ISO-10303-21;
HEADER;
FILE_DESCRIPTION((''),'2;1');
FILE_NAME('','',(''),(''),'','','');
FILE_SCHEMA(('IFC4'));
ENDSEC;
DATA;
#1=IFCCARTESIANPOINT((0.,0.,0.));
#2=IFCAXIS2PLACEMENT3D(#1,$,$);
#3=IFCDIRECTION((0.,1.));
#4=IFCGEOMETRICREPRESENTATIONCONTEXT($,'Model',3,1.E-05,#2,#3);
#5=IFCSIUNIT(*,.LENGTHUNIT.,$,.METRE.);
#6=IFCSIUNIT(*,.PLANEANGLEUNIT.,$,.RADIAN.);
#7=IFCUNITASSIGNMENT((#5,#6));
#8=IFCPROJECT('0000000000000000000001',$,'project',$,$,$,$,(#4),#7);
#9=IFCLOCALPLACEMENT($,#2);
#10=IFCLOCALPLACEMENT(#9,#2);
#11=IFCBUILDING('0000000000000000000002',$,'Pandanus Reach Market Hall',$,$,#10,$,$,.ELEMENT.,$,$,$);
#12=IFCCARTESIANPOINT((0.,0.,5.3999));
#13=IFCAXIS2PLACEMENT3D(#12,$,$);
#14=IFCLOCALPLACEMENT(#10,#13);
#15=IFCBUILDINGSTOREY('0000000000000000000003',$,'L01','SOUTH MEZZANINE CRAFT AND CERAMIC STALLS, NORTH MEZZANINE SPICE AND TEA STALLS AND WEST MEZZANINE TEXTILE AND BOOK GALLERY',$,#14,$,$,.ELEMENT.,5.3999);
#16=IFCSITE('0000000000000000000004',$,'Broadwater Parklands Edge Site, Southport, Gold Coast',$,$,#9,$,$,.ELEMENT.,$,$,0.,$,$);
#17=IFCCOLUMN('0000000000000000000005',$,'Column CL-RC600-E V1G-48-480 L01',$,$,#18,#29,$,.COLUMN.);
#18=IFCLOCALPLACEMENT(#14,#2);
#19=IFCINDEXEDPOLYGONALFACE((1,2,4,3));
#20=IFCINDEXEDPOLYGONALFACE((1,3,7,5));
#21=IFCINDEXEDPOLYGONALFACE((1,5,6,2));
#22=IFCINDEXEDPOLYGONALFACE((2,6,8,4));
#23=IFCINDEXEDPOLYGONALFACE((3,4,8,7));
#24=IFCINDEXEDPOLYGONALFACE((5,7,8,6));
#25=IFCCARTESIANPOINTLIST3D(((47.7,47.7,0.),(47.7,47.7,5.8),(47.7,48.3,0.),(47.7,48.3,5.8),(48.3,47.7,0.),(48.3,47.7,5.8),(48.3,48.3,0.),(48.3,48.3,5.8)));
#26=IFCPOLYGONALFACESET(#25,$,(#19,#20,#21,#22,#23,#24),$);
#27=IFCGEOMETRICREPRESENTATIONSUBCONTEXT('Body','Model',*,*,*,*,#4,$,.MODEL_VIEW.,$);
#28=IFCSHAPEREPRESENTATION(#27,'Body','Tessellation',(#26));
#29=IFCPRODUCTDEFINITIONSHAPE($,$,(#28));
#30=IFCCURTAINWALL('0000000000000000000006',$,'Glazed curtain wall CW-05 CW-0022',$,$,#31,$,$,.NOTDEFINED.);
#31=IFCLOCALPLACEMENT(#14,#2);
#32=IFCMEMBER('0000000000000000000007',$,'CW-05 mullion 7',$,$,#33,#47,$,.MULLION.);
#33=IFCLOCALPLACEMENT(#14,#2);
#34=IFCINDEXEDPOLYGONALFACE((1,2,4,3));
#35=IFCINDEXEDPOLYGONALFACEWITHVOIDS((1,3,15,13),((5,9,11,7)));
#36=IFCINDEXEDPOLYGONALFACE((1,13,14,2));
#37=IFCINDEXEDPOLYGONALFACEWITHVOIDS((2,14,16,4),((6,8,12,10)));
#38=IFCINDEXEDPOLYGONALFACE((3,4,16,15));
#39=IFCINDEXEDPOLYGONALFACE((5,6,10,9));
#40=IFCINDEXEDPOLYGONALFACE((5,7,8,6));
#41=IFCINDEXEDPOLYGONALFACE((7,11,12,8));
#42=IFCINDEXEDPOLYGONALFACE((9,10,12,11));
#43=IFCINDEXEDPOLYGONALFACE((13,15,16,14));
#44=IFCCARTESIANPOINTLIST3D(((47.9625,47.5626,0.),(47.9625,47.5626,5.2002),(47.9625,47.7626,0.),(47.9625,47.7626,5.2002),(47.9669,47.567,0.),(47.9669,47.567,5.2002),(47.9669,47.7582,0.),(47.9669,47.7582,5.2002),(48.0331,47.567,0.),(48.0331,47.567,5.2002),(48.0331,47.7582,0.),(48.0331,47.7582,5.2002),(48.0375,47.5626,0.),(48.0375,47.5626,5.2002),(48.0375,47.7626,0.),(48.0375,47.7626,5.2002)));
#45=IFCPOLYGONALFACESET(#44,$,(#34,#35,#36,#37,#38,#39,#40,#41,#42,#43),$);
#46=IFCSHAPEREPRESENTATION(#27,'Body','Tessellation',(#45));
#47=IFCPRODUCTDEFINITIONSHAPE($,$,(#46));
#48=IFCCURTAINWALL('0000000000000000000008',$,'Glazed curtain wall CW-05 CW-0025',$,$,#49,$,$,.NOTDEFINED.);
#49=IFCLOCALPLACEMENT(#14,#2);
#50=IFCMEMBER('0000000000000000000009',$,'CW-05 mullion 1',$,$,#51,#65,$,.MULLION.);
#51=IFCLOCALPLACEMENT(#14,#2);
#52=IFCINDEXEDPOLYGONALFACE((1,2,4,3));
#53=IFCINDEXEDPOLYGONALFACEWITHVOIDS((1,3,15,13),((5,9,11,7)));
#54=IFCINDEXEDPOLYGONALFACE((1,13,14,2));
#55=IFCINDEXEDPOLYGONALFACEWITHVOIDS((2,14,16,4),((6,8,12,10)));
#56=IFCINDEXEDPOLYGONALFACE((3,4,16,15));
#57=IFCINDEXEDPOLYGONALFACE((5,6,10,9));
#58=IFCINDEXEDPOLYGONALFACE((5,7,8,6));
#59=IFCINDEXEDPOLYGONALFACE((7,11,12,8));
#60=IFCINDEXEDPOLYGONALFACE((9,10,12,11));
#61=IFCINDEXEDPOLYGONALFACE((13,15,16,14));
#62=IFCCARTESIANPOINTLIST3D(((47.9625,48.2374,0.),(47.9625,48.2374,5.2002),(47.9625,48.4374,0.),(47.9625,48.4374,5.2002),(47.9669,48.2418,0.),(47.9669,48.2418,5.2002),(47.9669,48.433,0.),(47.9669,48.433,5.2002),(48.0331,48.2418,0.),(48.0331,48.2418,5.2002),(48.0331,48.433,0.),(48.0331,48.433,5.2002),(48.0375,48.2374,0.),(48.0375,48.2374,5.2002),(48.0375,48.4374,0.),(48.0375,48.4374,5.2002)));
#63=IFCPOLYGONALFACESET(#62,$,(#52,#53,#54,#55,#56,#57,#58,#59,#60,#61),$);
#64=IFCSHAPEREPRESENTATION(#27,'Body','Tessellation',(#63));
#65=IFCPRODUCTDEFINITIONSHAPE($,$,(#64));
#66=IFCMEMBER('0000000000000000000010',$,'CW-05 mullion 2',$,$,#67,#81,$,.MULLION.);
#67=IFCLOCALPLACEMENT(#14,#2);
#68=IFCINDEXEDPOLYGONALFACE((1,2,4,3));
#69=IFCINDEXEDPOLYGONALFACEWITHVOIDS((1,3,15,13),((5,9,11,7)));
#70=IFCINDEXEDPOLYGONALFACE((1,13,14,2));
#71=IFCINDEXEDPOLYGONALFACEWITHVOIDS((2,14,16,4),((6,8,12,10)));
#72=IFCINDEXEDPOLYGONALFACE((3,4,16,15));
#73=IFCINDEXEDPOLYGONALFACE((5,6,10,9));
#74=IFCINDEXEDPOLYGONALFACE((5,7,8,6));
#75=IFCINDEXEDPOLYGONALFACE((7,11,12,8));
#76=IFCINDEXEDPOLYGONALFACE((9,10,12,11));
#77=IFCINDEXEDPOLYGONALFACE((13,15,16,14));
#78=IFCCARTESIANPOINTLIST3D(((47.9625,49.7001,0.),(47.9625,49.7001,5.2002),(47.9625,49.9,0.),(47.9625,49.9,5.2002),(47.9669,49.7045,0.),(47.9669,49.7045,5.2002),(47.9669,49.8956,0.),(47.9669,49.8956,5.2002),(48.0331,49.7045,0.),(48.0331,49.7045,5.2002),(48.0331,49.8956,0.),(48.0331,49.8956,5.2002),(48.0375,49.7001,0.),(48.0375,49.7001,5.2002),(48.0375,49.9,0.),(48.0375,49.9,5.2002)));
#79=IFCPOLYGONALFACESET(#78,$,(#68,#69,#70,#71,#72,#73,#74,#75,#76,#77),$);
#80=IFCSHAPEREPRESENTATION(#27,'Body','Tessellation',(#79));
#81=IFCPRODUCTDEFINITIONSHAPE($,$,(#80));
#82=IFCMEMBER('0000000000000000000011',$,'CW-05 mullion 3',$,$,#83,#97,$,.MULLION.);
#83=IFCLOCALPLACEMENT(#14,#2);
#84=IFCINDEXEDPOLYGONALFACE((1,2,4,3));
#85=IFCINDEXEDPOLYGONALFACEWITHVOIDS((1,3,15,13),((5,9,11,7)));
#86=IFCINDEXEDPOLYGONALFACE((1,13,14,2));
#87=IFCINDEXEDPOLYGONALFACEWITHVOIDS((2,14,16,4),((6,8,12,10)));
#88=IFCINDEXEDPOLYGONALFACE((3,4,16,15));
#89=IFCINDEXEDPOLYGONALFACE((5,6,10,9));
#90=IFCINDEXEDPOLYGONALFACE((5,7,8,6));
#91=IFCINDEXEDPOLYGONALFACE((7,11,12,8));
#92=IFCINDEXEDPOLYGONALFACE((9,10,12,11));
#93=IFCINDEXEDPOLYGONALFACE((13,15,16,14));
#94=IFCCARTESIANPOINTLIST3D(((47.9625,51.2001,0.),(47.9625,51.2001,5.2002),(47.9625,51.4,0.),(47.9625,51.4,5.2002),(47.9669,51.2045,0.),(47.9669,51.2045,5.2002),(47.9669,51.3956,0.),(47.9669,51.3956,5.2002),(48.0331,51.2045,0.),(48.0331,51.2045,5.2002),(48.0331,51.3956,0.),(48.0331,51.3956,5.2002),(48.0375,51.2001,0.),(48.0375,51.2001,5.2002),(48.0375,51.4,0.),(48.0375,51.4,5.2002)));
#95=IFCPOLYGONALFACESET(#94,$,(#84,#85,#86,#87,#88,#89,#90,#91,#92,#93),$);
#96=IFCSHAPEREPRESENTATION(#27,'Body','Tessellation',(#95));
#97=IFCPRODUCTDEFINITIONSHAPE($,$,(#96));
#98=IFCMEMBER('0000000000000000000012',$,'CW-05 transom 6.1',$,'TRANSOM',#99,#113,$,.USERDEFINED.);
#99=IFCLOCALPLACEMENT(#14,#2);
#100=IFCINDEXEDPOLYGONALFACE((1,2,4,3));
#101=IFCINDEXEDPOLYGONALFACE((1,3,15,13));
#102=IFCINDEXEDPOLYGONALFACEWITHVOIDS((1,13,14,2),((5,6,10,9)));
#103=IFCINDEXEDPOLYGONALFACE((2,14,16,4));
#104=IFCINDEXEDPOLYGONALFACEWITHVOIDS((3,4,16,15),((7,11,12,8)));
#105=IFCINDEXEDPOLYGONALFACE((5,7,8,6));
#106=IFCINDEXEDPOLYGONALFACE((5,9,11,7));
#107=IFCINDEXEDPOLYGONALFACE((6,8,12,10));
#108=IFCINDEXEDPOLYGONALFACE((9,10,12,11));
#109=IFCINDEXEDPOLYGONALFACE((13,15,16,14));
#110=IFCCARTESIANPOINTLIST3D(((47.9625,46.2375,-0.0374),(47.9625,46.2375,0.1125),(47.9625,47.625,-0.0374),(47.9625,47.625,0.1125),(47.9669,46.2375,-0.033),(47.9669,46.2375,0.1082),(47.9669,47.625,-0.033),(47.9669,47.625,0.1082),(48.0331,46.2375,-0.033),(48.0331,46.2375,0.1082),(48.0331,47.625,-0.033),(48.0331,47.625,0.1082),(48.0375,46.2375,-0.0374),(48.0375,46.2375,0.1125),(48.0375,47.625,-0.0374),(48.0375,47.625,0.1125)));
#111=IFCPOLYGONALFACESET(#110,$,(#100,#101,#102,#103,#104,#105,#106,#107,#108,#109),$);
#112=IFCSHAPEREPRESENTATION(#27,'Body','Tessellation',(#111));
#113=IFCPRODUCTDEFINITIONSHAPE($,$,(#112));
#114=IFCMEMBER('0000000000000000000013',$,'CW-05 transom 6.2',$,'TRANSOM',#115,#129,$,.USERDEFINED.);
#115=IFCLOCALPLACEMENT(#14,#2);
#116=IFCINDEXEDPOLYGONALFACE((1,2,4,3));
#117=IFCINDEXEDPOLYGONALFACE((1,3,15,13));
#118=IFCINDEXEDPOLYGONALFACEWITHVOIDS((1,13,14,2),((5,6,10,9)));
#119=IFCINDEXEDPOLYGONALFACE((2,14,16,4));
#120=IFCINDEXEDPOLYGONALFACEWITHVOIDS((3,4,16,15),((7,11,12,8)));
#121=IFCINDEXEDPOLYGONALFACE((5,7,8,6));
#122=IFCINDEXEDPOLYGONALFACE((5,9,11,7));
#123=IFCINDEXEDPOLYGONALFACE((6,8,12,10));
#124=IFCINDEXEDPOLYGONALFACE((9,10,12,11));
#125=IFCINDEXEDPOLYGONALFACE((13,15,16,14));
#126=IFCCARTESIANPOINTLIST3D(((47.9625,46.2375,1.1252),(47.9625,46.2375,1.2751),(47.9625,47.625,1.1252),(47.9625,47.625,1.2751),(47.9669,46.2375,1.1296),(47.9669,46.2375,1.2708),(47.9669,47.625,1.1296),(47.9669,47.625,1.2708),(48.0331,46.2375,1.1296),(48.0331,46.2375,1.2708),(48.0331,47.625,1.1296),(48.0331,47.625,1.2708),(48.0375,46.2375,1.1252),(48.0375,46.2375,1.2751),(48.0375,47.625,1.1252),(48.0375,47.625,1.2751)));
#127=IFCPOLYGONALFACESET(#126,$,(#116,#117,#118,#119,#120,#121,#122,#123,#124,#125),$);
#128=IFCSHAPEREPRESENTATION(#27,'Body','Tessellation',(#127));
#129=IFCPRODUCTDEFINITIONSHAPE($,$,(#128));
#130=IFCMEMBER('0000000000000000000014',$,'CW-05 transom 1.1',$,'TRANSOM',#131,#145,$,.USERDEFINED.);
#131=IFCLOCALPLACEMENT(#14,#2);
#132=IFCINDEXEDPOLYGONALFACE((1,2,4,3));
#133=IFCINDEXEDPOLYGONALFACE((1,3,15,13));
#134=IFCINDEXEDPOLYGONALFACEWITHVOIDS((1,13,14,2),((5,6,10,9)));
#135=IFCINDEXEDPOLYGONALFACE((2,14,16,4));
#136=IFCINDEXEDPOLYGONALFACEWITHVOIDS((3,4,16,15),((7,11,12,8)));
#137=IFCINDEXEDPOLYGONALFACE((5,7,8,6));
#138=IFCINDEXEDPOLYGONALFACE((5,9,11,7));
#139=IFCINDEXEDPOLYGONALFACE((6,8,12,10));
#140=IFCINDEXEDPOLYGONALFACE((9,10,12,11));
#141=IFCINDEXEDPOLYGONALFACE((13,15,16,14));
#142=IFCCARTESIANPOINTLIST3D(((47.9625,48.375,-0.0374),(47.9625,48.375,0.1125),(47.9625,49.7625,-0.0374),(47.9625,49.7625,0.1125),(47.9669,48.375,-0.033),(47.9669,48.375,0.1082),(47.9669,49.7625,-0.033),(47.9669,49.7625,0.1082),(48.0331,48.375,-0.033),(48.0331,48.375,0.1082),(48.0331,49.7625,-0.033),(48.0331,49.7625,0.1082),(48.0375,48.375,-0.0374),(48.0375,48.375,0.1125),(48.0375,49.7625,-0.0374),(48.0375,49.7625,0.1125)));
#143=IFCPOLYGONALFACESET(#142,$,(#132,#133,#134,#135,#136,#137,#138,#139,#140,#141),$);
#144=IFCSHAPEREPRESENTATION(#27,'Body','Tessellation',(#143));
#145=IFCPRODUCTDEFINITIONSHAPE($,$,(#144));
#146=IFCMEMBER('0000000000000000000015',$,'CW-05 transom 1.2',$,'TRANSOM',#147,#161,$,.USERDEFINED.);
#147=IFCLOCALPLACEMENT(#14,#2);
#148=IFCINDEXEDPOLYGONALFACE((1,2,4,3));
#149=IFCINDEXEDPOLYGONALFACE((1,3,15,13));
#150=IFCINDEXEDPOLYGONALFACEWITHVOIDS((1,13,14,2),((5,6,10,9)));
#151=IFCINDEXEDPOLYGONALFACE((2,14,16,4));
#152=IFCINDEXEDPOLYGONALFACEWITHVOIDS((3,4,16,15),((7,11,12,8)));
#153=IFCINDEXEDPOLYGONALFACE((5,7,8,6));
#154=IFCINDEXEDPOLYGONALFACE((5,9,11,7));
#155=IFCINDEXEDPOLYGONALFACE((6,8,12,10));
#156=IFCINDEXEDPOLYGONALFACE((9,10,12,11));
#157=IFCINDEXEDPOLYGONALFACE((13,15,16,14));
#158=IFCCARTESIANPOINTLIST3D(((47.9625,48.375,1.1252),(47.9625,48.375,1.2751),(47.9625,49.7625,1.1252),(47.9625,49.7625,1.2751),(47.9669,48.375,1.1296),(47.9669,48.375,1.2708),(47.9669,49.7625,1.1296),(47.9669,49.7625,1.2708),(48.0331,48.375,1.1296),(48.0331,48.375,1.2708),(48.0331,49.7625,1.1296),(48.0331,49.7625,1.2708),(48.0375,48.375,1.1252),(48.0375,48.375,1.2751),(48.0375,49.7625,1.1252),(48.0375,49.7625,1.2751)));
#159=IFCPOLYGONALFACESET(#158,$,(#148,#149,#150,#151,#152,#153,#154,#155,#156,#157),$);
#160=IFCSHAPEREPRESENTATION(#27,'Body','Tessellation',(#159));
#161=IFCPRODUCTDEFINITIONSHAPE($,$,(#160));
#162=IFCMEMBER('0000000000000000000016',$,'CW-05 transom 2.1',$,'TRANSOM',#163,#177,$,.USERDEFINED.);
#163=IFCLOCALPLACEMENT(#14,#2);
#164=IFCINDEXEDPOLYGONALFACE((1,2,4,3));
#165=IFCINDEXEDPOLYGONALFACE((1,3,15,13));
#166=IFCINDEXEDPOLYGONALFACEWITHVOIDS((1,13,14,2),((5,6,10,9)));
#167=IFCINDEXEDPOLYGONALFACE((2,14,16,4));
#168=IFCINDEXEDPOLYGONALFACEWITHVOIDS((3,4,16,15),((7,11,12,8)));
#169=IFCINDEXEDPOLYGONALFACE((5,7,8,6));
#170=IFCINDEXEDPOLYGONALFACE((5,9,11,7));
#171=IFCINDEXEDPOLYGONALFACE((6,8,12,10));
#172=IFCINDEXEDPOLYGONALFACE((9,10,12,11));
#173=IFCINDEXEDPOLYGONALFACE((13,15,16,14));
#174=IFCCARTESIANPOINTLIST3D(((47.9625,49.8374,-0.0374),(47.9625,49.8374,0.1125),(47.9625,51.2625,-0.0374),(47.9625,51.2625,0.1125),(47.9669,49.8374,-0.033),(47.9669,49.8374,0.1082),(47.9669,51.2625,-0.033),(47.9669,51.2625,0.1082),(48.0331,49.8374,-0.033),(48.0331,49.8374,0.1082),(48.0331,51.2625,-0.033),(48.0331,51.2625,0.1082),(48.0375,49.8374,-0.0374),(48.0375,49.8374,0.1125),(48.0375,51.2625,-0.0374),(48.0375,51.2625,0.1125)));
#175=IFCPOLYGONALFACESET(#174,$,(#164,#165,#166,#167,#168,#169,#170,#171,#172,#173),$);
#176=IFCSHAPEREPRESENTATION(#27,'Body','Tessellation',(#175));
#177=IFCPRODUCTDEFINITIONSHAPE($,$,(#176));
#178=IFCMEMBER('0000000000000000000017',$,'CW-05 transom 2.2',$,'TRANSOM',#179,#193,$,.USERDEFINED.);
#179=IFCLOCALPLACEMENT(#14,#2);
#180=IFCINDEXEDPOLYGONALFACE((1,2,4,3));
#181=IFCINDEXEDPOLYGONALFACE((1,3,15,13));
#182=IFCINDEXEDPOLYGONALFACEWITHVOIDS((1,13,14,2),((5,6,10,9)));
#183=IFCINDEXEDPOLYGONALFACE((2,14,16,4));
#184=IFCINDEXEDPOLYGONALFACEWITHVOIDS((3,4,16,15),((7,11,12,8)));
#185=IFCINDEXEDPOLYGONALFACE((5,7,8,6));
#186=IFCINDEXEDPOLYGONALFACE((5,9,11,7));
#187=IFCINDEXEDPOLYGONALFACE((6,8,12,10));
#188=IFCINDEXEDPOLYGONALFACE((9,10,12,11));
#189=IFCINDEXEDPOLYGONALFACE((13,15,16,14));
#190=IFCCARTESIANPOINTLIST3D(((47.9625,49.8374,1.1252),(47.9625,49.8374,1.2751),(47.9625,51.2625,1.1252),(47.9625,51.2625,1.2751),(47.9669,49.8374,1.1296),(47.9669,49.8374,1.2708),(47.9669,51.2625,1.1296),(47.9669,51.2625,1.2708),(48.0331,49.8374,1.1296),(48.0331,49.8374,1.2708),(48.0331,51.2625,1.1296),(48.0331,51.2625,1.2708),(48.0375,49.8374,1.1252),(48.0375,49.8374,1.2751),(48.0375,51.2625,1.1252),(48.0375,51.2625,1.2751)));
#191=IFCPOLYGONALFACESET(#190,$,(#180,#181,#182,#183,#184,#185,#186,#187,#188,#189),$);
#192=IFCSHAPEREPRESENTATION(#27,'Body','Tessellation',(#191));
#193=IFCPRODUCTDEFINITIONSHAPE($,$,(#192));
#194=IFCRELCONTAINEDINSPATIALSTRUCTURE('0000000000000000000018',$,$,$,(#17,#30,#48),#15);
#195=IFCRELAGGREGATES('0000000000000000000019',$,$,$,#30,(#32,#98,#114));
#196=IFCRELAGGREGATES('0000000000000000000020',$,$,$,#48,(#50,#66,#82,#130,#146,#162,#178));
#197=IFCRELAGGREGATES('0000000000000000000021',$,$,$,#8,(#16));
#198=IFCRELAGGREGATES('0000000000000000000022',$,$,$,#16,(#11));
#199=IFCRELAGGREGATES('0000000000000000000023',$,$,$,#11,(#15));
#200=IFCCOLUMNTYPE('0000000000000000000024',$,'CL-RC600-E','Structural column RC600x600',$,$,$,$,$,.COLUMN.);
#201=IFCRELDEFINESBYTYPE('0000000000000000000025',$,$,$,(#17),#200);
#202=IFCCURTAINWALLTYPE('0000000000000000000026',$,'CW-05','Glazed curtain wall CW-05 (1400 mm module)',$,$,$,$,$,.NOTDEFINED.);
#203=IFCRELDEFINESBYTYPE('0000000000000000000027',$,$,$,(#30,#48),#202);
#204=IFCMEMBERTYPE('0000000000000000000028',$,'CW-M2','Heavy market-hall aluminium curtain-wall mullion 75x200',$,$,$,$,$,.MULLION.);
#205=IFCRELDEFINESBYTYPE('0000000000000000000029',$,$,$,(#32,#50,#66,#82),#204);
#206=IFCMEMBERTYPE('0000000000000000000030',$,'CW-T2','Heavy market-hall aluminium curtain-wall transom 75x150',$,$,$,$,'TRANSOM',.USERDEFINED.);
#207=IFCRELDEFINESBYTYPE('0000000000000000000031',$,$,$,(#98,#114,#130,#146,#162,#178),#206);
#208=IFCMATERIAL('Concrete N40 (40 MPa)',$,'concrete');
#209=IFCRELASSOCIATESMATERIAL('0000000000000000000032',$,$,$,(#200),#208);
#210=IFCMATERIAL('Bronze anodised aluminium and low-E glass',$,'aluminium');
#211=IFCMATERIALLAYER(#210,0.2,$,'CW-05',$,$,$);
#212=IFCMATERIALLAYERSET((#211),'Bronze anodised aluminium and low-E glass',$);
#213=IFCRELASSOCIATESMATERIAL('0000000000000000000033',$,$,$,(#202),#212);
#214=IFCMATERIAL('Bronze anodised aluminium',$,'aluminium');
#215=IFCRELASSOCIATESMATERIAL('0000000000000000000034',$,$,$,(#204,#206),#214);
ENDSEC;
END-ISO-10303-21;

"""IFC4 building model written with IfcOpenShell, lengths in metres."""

from ifc_helpers import new_model, si_unit, direction, frame, origin, origin_2d, place, context, subcontext, project, spatial, rectangle, hollow_rectangle, extrude, material, layer, layer_set, material_profile, profile_set, type_object, element, aggregate, save


model = new_model("IFC4")

# Units and contexts
model_context = context("Model", 3, precision=1e-05, world=origin(), true_north=direction((0.0, 1.0)))
body_context = subcontext(model_context, "Body", "Model", "MODEL_VIEW")
ifc_project = project(units=[si_unit("LENGTHUNIT", "METRE"), si_unit("PLANEANGLEUNIT", "RADIAN")], contexts=[model_context])

# Site, building, storey
site_placement = place(None, origin())
site = spatial("IfcSite", under=ifc_project, at=site_placement, Name="Broadwater Parklands Edge Site, Southport, Gold Coast", CompositionType="ELEMENT", RefElevation=0.0)
building_placement = place(site_placement, origin())
building = spatial("IfcBuilding", under=site, at=building_placement, Name="Pandanus Reach Market Hall", CompositionType="ELEMENT")
storey_placement = place(building_placement, frame((0.0, 0.0, 5.3999)))
storey = spatial("IfcBuildingStorey", under=building, at=storey_placement, Name="L01", Description="SOUTH MEZZANINE CRAFT AND CERAMIC STALLS, NORTH MEZZANINE SPICE AND TEA STALLS AND WEST MEZZANINE TEXTILE AND BOOK GALLERY", CompositionType="ELEMENT", Elevation=5.3999)

# Column
ifc_material_1 = material(Name="Concrete N40 (40 MPa)", Category="concrete")
ifc_material_profile_1 = material_profile(ifc_material_1, rectangle(XDim=0.6001, YDim=0.6001, at=origin_2d()), Name="RC600x600", Category="LoadBearing")
ifc_profile_set_1 = profile_set([ifc_material_profile_1], Name="Concrete N40 (40 MPa)")
column_type = type_object("IfcColumnType", Name="CL-RC600-E", Description="Structural column RC600x600", PredefinedType="COLUMN", material=ifc_profile_set_1)
column_placement = place(storey_placement, frame((48.0, 48.0, 0.0), z_axis=(0.0, 0.0, 1.0), x_axis=(1.0, 0.0, 0.0)))
element("IfcColumn", 1, at=column_placement, inside=storey, type_object=column_type, Name="Column CL-RC600-E V1G-48-480 L01", PredefinedType="COLUMN", context=body_context, shape_type="SweptSolid", body=[
    extrude(rectangle(XDim=0.6001, YDim=0.6001, at=origin_2d()), origin(), (0.0, 0.0, 1.0), 5.8),
])

# Curtain wall, member
ifc_material_2 = material(Name="Bronze anodised aluminium and low-E glass", Category="aluminium")
ifc_layer_1 = layer(ifc_material_2, 0.2, Name="CW-05")
ifc_layer_set_1 = layer_set([ifc_layer_1], Name="Bronze anodised aluminium and low-E glass")
curtain_wall_type = type_object("IfcCurtainWallType", Name="CW-05", Description="Glazed curtain wall CW-05 (1400 mm module)", PredefinedType="NOTDEFINED", material=ifc_layer_set_1)
curtain_wall_1_placement = place(storey_placement, origin())
curtain_wall_1 = element("IfcCurtainWall", 2, at=curtain_wall_1_placement, inside=storey, type_object=curtain_wall_type, Name="Glazed curtain wall CW-05 CW-0022", PredefinedType="NOTDEFINED")
ifc_material_3 = material(Name="Bronze anodised aluminium", Category="aluminium")
ifc_material_profile_2 = material_profile(ifc_material_3, hollow_rectangle(XDim=0.075, YDim=0.2, WallThickness=0.0044, at=origin_2d()), Name="ALU75x200", Category="LoadBearing")
ifc_profile_set_2 = profile_set([ifc_material_profile_2], Name="Bronze anodised aluminium")
member_type_1 = type_object("IfcMemberType", Name="CW-M2", Description="Heavy market-hall aluminium curtain-wall mullion 75x200", PredefinedType="MULLION", material=ifc_profile_set_2)
member_1_placement = place(storey_placement, frame((48.0, 47.6626, 0.0), z_axis=(0.0, 0.0, 1.0), x_axis=(-1.0, 0.0, 0.0)))
member_1 = element("IfcMember", 3, at=member_1_placement, type_object=member_type_1, Name="CW-05 mullion 7", PredefinedType="MULLION", context=body_context, shape_type="SweptSolid", body=[
    extrude(hollow_rectangle(XDim=0.075, YDim=0.2, WallThickness=0.0044, at=origin_2d()), origin(), (0.0, 0.0, 1.0), 5.2002),
])

# Curtain wall, members
curtain_wall_2_placement = place(storey_placement, origin())
curtain_wall_2 = element("IfcCurtainWall", 4, at=curtain_wall_2_placement, inside=storey, type_object=curtain_wall_type, Name="Glazed curtain wall CW-05 CW-0025", PredefinedType="NOTDEFINED")
member_2_placement = place(storey_placement, frame((48.0, 48.3374, 0.0), z_axis=(0.0, 0.0, 1.0), x_axis=(-1.0, 0.0, 0.0)))
member_2 = element("IfcMember", 5, at=member_2_placement, type_object=member_type_1, Name="CW-05 mullion 1", PredefinedType="MULLION", context=body_context, shape_type="SweptSolid", body=[
    extrude(hollow_rectangle(XDim=0.075, YDim=0.2, WallThickness=0.0044, at=origin_2d()), origin(), (0.0, 0.0, 1.0), 5.2002),
])
member_3_placement = place(storey_placement, frame((48.0, 49.8, 0.0), z_axis=(0.0, 0.0, 1.0), x_axis=(-1.0, 0.0, 0.0)))
member_3 = element("IfcMember", 6, at=member_3_placement, type_object=member_type_1, Name="CW-05 mullion 2", PredefinedType="MULLION", context=body_context, shape_type="SweptSolid", body=[
    extrude(hollow_rectangle(XDim=0.075, YDim=0.2, WallThickness=0.0044, at=origin_2d()), origin(), (0.0, 0.0, 1.0), 5.2002),
])
member_4_placement = place(storey_placement, frame((48.0, 51.3, 0.0), z_axis=(0.0, 0.0, 1.0), x_axis=(-1.0, 0.0, 0.0)))
member_4 = element("IfcMember", 7, at=member_4_placement, type_object=member_type_1, Name="CW-05 mullion 3", PredefinedType="MULLION", context=body_context, shape_type="SweptSolid", body=[
    extrude(hollow_rectangle(XDim=0.075, YDim=0.2, WallThickness=0.0044, at=origin_2d()), origin(), (0.0, 0.0, 1.0), 5.2002),
])

# Members
ifc_material_profile_3 = material_profile(ifc_material_3, hollow_rectangle(XDim=0.075, YDim=0.1499, WallThickness=0.0044, at=origin_2d()), Name="ALU75x150", Category="LoadBearing")
ifc_profile_set_3 = profile_set([ifc_material_profile_3], Name="Bronze anodised aluminium")
member_type_2 = type_object("IfcMemberType", Name="CW-T2", Description="Heavy market-hall aluminium curtain-wall transom 75x150", ElementType="TRANSOM", PredefinedType="USERDEFINED", material=ifc_profile_set_3)
member_5_placement = place(storey_placement, frame((48.0, 46.2375, 0.0376), z_axis=(0.0, 1.0, 0.0), x_axis=(-1.0, 0.0, 0.0)))
member_5 = element("IfcMember", 8, at=member_5_placement, type_object=member_type_2, Name="CW-05 transom 6.1", ObjectType="TRANSOM", PredefinedType="USERDEFINED", context=body_context, shape_type="SweptSolid", body=[
    extrude(hollow_rectangle(XDim=0.075, YDim=0.1499, WallThickness=0.0044, at=origin_2d()), origin(), (0.0, 0.0, 1.0), 1.3875),
])
member_6_placement = place(storey_placement, frame((48.0, 46.2375, 1.2002), z_axis=(0.0, 1.0, 0.0), x_axis=(-1.0, 0.0, 0.0)))
member_6 = element("IfcMember", 9, at=member_6_placement, type_object=member_type_2, Name="CW-05 transom 6.2", ObjectType="TRANSOM", PredefinedType="USERDEFINED", context=body_context, shape_type="SweptSolid", body=[
    extrude(hollow_rectangle(XDim=0.075, YDim=0.1499, WallThickness=0.0044, at=origin_2d()), origin(), (0.0, 0.0, 1.0), 1.3875),
])
member_7_placement = place(storey_placement, frame((48.0, 48.375, 0.0376), z_axis=(0.0, 1.0, 0.0), x_axis=(-1.0, 0.0, 0.0)))
member_7 = element("IfcMember", 10, at=member_7_placement, type_object=member_type_2, Name="CW-05 transom 1.1", ObjectType="TRANSOM", PredefinedType="USERDEFINED", context=body_context, shape_type="SweptSolid", body=[
    extrude(hollow_rectangle(XDim=0.075, YDim=0.1499, WallThickness=0.0044, at=origin_2d()), origin(), (0.0, 0.0, 1.0), 1.3875),
])
member_8_placement = place(storey_placement, frame((48.0, 48.375, 1.2002), z_axis=(0.0, 1.0, 0.0), x_axis=(-1.0, 0.0, 0.0)))
member_8 = element("IfcMember", 11, at=member_8_placement, type_object=member_type_2, Name="CW-05 transom 1.2", ObjectType="TRANSOM", PredefinedType="USERDEFINED", context=body_context, shape_type="SweptSolid", body=[
    extrude(hollow_rectangle(XDim=0.075, YDim=0.1499, WallThickness=0.0044, at=origin_2d()), origin(), (0.0, 0.0, 1.0), 1.3875),
])
member_9_placement = place(storey_placement, frame((48.0, 49.8374, 0.0376), z_axis=(0.0, 1.0, 0.0), x_axis=(-1.0, 0.0, 0.0)))
member_9 = element("IfcMember", 12, at=member_9_placement, type_object=member_type_2, Name="CW-05 transom 2.1", ObjectType="TRANSOM", PredefinedType="USERDEFINED", context=body_context, shape_type="SweptSolid", body=[
    extrude(hollow_rectangle(XDim=0.075, YDim=0.1499, WallThickness=0.0044, at=origin_2d()), origin(), (0.0, 0.0, 1.0), 1.425),
])
member_10_placement = place(storey_placement, frame((48.0, 49.8374, 1.2002), z_axis=(0.0, 1.0, 0.0), x_axis=(-1.0, 0.0, 0.0)))
member_10 = element("IfcMember", 13, at=member_10_placement, type_object=member_type_2, Name="CW-05 transom 2.2", ObjectType="TRANSOM", PredefinedType="USERDEFINED", context=body_context, shape_type="SweptSolid", body=[
    extrude(hollow_rectangle(XDim=0.075, YDim=0.1499, WallThickness=0.0044, at=origin_2d()), origin(), (0.0, 0.0, 1.0), 1.425),
])

aggregate(curtain_wall_1, [member_1, member_5, member_6])
aggregate(curtain_wall_2, [member_2, member_3, member_4, member_7, member_8, member_9, member_10])

save(model, "model.ifc")
